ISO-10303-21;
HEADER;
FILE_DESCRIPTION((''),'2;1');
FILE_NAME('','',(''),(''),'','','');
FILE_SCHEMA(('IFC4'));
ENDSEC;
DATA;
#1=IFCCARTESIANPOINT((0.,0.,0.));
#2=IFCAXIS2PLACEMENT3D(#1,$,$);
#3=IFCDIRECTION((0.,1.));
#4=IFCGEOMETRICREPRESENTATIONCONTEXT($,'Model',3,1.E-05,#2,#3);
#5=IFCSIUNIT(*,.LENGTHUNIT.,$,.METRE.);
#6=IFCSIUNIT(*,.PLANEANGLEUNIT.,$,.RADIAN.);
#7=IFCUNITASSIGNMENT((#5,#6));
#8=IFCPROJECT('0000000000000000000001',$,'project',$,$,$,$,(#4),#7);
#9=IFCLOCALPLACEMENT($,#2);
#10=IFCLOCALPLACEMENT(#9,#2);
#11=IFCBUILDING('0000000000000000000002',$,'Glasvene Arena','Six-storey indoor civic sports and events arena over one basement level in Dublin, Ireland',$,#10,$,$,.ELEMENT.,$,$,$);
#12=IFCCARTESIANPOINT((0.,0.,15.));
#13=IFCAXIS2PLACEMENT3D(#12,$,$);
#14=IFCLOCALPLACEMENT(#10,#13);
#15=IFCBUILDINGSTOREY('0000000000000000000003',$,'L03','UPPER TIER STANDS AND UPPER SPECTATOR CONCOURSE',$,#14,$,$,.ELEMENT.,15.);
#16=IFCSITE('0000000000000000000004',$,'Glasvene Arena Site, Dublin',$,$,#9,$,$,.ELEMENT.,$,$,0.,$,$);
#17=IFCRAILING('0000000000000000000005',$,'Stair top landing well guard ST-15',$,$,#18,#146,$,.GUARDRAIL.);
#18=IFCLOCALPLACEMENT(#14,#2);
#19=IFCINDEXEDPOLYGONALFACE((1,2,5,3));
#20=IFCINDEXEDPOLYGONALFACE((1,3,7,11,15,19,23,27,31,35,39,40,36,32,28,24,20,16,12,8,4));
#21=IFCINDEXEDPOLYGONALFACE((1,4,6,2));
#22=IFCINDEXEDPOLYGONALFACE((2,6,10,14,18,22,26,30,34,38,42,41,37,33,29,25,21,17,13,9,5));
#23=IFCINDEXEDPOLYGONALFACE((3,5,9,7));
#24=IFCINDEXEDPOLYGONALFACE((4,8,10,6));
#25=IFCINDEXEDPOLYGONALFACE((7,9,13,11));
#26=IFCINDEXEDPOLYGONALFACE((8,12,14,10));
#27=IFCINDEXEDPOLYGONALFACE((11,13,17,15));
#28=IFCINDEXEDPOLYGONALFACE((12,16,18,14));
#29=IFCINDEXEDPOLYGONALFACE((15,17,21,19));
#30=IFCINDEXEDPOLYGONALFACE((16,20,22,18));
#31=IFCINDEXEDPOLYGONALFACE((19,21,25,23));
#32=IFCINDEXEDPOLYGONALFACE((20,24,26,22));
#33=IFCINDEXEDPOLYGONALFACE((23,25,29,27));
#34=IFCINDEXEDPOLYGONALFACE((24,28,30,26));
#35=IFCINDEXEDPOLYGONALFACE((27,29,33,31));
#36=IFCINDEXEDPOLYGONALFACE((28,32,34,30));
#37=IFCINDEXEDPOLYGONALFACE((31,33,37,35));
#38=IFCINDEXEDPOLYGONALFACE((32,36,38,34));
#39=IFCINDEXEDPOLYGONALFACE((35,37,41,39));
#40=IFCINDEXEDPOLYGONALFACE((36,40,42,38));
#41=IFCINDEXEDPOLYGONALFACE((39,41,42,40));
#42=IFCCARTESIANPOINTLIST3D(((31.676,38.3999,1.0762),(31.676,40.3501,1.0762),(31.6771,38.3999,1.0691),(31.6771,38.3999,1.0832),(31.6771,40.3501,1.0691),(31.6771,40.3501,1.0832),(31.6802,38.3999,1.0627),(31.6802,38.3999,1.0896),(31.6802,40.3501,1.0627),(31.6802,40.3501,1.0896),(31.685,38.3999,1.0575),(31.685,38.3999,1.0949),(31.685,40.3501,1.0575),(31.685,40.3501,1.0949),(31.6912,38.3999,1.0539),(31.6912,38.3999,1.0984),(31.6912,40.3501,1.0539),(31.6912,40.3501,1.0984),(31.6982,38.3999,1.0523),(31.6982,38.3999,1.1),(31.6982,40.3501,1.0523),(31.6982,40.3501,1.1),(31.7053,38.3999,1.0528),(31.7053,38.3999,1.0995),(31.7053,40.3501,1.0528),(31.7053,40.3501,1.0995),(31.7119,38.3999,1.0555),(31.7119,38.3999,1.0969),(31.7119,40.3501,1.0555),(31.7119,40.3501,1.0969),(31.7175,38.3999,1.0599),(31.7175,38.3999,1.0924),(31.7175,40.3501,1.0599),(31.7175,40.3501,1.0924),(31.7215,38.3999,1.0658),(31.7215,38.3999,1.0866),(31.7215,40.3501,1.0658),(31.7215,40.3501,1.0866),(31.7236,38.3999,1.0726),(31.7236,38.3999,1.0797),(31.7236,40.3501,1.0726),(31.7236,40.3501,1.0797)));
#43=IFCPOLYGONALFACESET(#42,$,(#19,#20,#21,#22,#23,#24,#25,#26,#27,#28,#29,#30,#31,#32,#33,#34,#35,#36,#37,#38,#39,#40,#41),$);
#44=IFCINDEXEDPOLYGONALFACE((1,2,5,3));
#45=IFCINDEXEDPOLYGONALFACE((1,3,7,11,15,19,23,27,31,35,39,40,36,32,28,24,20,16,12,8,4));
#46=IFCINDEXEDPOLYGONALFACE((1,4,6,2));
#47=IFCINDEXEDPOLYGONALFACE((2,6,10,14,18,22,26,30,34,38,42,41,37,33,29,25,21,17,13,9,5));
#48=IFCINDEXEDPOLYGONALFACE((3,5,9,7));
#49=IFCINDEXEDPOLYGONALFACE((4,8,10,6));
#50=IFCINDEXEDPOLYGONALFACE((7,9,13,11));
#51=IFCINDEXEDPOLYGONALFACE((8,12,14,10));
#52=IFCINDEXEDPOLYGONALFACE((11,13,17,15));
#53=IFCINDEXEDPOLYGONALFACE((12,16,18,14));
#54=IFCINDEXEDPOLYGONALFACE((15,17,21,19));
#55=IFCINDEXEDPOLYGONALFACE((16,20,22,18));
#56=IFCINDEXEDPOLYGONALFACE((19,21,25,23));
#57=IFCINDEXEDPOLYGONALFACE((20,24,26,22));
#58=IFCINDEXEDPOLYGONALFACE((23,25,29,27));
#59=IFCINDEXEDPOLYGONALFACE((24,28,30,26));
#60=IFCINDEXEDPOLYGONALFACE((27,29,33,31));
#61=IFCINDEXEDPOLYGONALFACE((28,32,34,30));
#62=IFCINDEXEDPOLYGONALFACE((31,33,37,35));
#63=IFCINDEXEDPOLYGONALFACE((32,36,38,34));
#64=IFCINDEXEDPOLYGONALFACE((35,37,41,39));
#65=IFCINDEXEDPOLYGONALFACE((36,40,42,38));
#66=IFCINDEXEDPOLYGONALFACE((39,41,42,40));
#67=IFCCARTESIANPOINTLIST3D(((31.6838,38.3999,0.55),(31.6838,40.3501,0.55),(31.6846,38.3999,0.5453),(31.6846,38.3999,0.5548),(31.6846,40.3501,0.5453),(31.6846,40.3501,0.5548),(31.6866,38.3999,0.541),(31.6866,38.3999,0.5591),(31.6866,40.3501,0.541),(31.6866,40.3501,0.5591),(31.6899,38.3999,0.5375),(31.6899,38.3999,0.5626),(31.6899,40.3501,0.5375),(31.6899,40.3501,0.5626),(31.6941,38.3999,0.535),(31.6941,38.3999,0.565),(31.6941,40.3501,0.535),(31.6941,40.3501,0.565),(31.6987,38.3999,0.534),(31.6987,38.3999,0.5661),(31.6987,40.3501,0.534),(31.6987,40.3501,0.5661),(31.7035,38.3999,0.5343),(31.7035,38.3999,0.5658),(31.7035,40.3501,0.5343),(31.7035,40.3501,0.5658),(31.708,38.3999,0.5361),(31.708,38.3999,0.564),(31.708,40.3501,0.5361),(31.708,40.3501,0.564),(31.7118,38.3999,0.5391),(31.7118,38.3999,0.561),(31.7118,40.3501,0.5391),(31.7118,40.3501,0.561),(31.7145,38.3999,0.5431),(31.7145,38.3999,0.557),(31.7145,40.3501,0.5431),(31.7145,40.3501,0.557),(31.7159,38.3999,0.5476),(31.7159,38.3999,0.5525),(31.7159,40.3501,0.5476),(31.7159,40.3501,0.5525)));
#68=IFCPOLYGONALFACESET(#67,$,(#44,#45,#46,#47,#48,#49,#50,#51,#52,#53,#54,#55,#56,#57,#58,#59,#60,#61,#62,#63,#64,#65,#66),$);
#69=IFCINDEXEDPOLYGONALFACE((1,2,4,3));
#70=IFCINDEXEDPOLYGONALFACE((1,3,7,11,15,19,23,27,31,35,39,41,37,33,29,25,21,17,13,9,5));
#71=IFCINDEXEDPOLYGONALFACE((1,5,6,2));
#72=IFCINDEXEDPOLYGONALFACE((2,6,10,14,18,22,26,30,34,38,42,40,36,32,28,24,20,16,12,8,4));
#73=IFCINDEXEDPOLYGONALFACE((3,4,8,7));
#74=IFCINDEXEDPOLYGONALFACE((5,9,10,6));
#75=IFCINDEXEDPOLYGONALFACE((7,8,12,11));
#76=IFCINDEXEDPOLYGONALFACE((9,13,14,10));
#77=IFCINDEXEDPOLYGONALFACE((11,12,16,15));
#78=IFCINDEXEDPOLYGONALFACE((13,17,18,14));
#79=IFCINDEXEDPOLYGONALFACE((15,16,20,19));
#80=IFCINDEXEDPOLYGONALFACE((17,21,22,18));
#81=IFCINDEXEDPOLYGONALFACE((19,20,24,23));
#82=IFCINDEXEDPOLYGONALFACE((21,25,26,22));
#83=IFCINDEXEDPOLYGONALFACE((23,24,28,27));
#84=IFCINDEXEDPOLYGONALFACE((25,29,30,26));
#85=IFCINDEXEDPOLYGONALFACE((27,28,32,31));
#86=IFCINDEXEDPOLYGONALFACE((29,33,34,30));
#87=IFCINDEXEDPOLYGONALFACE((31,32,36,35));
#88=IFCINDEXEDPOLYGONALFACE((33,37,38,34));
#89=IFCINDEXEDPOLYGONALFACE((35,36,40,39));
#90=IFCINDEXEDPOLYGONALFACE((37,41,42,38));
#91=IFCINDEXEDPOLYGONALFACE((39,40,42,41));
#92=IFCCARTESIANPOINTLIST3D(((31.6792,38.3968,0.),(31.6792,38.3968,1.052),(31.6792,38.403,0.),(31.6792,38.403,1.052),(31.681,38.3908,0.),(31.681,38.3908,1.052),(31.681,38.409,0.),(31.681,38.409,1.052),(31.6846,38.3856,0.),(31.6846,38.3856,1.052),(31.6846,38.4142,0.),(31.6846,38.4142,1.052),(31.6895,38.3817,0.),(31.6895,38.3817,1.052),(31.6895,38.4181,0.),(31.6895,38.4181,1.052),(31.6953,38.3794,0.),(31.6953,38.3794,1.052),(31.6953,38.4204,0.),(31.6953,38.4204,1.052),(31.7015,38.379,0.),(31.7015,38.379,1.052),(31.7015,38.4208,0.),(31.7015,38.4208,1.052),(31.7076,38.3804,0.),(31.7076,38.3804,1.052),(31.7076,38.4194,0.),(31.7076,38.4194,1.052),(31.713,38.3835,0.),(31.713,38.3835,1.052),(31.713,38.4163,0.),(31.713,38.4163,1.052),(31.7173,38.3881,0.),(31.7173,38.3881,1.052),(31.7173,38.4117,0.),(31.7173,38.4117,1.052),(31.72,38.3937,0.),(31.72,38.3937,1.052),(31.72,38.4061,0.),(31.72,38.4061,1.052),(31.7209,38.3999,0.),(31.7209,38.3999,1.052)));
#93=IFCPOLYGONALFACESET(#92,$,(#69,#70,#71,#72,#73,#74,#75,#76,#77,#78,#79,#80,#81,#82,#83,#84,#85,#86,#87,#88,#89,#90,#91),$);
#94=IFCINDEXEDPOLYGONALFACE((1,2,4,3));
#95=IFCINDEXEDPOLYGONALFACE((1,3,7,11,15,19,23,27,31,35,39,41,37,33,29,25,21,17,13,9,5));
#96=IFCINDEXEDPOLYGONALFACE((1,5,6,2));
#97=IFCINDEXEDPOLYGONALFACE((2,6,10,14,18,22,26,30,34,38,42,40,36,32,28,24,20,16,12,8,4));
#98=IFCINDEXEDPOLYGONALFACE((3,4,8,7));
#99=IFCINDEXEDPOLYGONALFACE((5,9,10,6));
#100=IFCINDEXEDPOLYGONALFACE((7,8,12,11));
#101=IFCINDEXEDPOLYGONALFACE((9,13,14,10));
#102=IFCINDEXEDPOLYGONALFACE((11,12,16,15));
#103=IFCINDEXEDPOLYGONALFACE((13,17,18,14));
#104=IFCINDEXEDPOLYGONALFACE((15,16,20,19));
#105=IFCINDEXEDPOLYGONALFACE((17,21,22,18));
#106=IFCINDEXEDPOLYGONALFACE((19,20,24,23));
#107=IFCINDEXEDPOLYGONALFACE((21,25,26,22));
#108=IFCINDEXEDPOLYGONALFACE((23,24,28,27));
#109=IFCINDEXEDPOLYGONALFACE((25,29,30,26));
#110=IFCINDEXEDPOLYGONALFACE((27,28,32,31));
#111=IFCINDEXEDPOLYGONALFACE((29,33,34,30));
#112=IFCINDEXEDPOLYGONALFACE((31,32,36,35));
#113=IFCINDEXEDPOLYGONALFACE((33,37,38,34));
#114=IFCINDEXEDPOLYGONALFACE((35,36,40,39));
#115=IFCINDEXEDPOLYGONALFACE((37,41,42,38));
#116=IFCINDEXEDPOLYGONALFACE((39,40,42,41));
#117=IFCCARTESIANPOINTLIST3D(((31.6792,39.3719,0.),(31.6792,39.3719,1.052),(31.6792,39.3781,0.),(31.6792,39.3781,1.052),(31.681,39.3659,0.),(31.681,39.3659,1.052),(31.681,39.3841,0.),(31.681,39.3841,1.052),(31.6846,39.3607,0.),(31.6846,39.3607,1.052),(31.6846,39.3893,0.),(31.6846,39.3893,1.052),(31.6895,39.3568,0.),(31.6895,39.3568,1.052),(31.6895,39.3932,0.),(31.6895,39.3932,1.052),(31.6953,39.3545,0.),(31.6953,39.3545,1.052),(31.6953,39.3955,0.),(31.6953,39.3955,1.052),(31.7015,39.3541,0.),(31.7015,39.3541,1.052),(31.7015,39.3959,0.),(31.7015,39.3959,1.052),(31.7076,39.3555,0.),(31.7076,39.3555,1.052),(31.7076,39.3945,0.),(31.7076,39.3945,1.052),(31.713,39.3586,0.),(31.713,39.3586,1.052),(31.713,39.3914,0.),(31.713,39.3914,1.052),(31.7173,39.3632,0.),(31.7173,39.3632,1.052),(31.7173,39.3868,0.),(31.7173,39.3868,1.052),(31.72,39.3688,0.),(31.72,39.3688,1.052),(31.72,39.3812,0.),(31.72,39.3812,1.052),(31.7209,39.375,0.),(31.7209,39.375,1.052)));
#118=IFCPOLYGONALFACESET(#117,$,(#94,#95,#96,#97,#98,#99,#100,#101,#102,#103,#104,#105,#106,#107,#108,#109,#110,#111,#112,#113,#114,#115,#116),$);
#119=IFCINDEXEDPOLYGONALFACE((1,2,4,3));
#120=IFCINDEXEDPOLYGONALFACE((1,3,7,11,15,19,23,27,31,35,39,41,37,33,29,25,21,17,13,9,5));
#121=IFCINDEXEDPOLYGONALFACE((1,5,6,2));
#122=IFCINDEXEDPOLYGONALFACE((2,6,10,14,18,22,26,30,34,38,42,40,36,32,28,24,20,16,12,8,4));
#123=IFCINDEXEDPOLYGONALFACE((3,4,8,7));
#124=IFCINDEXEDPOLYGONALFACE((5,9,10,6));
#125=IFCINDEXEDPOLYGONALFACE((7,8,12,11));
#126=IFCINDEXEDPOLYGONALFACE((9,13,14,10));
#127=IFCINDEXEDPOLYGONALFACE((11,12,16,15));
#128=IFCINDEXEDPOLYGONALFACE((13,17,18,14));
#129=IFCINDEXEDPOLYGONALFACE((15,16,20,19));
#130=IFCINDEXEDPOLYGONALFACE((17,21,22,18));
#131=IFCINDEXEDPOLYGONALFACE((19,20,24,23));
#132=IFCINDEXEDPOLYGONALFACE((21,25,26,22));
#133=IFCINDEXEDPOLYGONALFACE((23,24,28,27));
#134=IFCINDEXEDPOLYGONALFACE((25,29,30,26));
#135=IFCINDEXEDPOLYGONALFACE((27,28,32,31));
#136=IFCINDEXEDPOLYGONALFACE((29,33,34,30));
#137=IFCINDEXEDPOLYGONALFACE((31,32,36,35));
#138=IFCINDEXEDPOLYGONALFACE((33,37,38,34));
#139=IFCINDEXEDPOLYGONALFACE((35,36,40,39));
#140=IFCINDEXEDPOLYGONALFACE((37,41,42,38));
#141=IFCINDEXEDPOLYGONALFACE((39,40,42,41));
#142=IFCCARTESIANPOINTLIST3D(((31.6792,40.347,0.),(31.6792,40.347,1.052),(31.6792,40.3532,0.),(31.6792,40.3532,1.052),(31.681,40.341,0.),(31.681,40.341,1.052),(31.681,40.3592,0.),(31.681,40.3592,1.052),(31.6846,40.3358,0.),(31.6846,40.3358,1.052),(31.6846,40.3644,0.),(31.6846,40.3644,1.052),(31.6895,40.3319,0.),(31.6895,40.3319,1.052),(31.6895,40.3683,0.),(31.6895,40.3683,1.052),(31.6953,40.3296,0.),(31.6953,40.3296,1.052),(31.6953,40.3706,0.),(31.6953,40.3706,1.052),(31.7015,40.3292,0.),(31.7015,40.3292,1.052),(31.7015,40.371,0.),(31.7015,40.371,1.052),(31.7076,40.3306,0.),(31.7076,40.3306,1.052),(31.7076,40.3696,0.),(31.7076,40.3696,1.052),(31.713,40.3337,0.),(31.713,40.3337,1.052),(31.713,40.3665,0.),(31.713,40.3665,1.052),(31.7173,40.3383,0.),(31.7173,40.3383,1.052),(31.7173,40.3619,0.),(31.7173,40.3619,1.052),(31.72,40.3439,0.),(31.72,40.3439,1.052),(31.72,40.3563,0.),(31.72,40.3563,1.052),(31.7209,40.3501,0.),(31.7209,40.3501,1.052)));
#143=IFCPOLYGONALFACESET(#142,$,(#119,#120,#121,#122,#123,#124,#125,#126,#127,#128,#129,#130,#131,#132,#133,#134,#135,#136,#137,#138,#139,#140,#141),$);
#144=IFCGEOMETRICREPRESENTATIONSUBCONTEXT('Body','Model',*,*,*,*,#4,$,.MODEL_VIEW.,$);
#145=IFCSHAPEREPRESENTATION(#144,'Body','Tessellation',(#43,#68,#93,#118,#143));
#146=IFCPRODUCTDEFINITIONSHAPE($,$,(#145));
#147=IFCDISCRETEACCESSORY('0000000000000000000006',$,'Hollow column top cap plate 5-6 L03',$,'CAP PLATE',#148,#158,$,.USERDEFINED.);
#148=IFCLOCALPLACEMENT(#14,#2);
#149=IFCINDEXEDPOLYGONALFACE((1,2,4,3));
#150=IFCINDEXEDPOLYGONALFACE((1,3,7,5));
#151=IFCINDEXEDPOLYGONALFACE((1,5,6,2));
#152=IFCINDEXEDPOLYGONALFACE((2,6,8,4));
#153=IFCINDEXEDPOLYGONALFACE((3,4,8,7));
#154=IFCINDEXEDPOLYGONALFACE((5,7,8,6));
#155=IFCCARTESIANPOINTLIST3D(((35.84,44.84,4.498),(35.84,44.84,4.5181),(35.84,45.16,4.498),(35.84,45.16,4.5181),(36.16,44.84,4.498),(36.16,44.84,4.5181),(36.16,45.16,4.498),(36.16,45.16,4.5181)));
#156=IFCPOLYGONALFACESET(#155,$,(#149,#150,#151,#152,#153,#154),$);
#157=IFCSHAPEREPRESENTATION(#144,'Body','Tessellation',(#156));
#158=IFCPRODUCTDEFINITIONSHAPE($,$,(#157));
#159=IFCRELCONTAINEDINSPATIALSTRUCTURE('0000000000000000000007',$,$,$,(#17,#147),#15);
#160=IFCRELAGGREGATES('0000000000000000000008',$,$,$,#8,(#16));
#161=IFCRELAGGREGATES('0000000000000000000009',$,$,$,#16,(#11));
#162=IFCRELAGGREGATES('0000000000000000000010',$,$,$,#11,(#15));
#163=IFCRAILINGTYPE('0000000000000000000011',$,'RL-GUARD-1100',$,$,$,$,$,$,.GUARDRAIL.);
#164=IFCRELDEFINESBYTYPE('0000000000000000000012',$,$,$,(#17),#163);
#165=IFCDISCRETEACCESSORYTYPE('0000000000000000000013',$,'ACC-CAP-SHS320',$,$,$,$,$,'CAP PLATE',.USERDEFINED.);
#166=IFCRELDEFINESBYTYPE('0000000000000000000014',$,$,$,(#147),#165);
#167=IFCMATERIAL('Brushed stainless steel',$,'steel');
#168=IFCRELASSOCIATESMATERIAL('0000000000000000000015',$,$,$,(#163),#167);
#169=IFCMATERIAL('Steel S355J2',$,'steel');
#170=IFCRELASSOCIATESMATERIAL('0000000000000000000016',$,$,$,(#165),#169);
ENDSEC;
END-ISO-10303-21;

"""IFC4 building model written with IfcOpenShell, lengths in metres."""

from ifc_helpers import new_model, si_unit, direction, frame, origin, origin_2d, place, context, subcontext, project, spatial, rectangle, circle, extrude, material, type_object, element, save


model = new_model("IFC4")

# Units and contexts
model_context = context("Model", 3, precision=1e-05, world=origin(), true_north=direction((0.0, 1.0)))
body_context = subcontext(model_context, "Body", "Model", "MODEL_VIEW")
ifc_project = project(units=[si_unit("LENGTHUNIT", "METRE"), si_unit("PLANEANGLEUNIT", "RADIAN")], contexts=[model_context])

# Site, building, storey
site_placement = place(None, origin())
site = spatial("IfcSite", under=ifc_project, at=site_placement, Name="Glasvene Arena Site, Dublin", CompositionType="ELEMENT", RefElevation=0.0)
building_placement = place(site_placement, origin())
building = spatial("IfcBuilding", under=site, at=building_placement, Name="Glasvene Arena", Description="Six-storey indoor civic sports and events arena over one basement level in Dublin, Ireland", CompositionType="ELEMENT")
storey_placement = place(building_placement, frame((0.0, 0.0, 15.0)))
storey = spatial("IfcBuildingStorey", under=building, at=storey_placement, Name="L03", Description="UPPER TIER STANDS AND UPPER SPECTATOR CONCOURSE", CompositionType="ELEMENT", Elevation=15.0)

# Shared definitions
ifc_material_1 = material(Name="Steel S355J2", Category="steel")

# Railing
ifc_material_2 = material(Name="Brushed stainless steel", Category="steel")
railing_type = type_object("IfcRailingType", Name="RL-GUARD-1100", PredefinedType="GUARDRAIL", material=ifc_material_2)
railing_placement = place(storey_placement, frame((31.7, 38.3999, 0.0)))
element("IfcRailing", 1, at=railing_placement, inside=storey, type_object=railing_type, Name="Stair top landing well guard ST-15", PredefinedType="GUARDRAIL", context=body_context, shape_type="SweptSolid", body=[
    extrude(circle(Radius=0.0239, at=origin_2d()), frame((0.0, 0.0, 1.0762), z_axis=(0.0, 1.0, 0.0), x_axis=(-1.0, 0.0, 0.0)), (0.0, 0.0, 1.0), 1.9502),
    extrude(circle(Radius=0.0161, at=origin_2d()), frame((0.0, 0.0, 0.55), z_axis=(0.0, 1.0, 0.0), x_axis=(-1.0, 0.0, 0.0)), (0.0, 0.0, 1.0), 1.9502),
    extrude(circle(Radius=0.021, at=origin_2d()), origin(), (0.0, 0.0, 1.0), 1.052),
    extrude(circle(Radius=0.021, at=origin_2d()), frame((0.0, 0.9751, 0.0)), (0.0, 0.0, 1.0), 1.052),
    extrude(circle(Radius=0.021, at=origin_2d()), frame((0.0, 1.9502, 0.0)), (0.0, 0.0, 1.0), 1.052),
])

# Discrete accessory
discrete_accessory_type = type_object("IfcDiscreteAccessoryType", Name="ACC-CAP-SHS320", ElementType="CAP PLATE", PredefinedType="USERDEFINED", material=ifc_material_1)
discrete_accessory_placement = place(storey_placement, frame((36.0, 45.0, 4.498), z_axis=(0.0, 0.0, 1.0), x_axis=(1.0, 0.0, 0.0)))
element("IfcDiscreteAccessory", 2, at=discrete_accessory_placement, inside=storey, type_object=discrete_accessory_type, Name="Hollow column top cap plate 5-6 L03", ObjectType="CAP PLATE", PredefinedType="USERDEFINED", context=body_context, shape_type="SweptSolid", body=[
    extrude(rectangle(XDim=0.3201, YDim=0.3201, at=origin_2d()), origin(), (0.0, 0.0, 1.0), 0.02),
])

save(model, "model.ifc")
